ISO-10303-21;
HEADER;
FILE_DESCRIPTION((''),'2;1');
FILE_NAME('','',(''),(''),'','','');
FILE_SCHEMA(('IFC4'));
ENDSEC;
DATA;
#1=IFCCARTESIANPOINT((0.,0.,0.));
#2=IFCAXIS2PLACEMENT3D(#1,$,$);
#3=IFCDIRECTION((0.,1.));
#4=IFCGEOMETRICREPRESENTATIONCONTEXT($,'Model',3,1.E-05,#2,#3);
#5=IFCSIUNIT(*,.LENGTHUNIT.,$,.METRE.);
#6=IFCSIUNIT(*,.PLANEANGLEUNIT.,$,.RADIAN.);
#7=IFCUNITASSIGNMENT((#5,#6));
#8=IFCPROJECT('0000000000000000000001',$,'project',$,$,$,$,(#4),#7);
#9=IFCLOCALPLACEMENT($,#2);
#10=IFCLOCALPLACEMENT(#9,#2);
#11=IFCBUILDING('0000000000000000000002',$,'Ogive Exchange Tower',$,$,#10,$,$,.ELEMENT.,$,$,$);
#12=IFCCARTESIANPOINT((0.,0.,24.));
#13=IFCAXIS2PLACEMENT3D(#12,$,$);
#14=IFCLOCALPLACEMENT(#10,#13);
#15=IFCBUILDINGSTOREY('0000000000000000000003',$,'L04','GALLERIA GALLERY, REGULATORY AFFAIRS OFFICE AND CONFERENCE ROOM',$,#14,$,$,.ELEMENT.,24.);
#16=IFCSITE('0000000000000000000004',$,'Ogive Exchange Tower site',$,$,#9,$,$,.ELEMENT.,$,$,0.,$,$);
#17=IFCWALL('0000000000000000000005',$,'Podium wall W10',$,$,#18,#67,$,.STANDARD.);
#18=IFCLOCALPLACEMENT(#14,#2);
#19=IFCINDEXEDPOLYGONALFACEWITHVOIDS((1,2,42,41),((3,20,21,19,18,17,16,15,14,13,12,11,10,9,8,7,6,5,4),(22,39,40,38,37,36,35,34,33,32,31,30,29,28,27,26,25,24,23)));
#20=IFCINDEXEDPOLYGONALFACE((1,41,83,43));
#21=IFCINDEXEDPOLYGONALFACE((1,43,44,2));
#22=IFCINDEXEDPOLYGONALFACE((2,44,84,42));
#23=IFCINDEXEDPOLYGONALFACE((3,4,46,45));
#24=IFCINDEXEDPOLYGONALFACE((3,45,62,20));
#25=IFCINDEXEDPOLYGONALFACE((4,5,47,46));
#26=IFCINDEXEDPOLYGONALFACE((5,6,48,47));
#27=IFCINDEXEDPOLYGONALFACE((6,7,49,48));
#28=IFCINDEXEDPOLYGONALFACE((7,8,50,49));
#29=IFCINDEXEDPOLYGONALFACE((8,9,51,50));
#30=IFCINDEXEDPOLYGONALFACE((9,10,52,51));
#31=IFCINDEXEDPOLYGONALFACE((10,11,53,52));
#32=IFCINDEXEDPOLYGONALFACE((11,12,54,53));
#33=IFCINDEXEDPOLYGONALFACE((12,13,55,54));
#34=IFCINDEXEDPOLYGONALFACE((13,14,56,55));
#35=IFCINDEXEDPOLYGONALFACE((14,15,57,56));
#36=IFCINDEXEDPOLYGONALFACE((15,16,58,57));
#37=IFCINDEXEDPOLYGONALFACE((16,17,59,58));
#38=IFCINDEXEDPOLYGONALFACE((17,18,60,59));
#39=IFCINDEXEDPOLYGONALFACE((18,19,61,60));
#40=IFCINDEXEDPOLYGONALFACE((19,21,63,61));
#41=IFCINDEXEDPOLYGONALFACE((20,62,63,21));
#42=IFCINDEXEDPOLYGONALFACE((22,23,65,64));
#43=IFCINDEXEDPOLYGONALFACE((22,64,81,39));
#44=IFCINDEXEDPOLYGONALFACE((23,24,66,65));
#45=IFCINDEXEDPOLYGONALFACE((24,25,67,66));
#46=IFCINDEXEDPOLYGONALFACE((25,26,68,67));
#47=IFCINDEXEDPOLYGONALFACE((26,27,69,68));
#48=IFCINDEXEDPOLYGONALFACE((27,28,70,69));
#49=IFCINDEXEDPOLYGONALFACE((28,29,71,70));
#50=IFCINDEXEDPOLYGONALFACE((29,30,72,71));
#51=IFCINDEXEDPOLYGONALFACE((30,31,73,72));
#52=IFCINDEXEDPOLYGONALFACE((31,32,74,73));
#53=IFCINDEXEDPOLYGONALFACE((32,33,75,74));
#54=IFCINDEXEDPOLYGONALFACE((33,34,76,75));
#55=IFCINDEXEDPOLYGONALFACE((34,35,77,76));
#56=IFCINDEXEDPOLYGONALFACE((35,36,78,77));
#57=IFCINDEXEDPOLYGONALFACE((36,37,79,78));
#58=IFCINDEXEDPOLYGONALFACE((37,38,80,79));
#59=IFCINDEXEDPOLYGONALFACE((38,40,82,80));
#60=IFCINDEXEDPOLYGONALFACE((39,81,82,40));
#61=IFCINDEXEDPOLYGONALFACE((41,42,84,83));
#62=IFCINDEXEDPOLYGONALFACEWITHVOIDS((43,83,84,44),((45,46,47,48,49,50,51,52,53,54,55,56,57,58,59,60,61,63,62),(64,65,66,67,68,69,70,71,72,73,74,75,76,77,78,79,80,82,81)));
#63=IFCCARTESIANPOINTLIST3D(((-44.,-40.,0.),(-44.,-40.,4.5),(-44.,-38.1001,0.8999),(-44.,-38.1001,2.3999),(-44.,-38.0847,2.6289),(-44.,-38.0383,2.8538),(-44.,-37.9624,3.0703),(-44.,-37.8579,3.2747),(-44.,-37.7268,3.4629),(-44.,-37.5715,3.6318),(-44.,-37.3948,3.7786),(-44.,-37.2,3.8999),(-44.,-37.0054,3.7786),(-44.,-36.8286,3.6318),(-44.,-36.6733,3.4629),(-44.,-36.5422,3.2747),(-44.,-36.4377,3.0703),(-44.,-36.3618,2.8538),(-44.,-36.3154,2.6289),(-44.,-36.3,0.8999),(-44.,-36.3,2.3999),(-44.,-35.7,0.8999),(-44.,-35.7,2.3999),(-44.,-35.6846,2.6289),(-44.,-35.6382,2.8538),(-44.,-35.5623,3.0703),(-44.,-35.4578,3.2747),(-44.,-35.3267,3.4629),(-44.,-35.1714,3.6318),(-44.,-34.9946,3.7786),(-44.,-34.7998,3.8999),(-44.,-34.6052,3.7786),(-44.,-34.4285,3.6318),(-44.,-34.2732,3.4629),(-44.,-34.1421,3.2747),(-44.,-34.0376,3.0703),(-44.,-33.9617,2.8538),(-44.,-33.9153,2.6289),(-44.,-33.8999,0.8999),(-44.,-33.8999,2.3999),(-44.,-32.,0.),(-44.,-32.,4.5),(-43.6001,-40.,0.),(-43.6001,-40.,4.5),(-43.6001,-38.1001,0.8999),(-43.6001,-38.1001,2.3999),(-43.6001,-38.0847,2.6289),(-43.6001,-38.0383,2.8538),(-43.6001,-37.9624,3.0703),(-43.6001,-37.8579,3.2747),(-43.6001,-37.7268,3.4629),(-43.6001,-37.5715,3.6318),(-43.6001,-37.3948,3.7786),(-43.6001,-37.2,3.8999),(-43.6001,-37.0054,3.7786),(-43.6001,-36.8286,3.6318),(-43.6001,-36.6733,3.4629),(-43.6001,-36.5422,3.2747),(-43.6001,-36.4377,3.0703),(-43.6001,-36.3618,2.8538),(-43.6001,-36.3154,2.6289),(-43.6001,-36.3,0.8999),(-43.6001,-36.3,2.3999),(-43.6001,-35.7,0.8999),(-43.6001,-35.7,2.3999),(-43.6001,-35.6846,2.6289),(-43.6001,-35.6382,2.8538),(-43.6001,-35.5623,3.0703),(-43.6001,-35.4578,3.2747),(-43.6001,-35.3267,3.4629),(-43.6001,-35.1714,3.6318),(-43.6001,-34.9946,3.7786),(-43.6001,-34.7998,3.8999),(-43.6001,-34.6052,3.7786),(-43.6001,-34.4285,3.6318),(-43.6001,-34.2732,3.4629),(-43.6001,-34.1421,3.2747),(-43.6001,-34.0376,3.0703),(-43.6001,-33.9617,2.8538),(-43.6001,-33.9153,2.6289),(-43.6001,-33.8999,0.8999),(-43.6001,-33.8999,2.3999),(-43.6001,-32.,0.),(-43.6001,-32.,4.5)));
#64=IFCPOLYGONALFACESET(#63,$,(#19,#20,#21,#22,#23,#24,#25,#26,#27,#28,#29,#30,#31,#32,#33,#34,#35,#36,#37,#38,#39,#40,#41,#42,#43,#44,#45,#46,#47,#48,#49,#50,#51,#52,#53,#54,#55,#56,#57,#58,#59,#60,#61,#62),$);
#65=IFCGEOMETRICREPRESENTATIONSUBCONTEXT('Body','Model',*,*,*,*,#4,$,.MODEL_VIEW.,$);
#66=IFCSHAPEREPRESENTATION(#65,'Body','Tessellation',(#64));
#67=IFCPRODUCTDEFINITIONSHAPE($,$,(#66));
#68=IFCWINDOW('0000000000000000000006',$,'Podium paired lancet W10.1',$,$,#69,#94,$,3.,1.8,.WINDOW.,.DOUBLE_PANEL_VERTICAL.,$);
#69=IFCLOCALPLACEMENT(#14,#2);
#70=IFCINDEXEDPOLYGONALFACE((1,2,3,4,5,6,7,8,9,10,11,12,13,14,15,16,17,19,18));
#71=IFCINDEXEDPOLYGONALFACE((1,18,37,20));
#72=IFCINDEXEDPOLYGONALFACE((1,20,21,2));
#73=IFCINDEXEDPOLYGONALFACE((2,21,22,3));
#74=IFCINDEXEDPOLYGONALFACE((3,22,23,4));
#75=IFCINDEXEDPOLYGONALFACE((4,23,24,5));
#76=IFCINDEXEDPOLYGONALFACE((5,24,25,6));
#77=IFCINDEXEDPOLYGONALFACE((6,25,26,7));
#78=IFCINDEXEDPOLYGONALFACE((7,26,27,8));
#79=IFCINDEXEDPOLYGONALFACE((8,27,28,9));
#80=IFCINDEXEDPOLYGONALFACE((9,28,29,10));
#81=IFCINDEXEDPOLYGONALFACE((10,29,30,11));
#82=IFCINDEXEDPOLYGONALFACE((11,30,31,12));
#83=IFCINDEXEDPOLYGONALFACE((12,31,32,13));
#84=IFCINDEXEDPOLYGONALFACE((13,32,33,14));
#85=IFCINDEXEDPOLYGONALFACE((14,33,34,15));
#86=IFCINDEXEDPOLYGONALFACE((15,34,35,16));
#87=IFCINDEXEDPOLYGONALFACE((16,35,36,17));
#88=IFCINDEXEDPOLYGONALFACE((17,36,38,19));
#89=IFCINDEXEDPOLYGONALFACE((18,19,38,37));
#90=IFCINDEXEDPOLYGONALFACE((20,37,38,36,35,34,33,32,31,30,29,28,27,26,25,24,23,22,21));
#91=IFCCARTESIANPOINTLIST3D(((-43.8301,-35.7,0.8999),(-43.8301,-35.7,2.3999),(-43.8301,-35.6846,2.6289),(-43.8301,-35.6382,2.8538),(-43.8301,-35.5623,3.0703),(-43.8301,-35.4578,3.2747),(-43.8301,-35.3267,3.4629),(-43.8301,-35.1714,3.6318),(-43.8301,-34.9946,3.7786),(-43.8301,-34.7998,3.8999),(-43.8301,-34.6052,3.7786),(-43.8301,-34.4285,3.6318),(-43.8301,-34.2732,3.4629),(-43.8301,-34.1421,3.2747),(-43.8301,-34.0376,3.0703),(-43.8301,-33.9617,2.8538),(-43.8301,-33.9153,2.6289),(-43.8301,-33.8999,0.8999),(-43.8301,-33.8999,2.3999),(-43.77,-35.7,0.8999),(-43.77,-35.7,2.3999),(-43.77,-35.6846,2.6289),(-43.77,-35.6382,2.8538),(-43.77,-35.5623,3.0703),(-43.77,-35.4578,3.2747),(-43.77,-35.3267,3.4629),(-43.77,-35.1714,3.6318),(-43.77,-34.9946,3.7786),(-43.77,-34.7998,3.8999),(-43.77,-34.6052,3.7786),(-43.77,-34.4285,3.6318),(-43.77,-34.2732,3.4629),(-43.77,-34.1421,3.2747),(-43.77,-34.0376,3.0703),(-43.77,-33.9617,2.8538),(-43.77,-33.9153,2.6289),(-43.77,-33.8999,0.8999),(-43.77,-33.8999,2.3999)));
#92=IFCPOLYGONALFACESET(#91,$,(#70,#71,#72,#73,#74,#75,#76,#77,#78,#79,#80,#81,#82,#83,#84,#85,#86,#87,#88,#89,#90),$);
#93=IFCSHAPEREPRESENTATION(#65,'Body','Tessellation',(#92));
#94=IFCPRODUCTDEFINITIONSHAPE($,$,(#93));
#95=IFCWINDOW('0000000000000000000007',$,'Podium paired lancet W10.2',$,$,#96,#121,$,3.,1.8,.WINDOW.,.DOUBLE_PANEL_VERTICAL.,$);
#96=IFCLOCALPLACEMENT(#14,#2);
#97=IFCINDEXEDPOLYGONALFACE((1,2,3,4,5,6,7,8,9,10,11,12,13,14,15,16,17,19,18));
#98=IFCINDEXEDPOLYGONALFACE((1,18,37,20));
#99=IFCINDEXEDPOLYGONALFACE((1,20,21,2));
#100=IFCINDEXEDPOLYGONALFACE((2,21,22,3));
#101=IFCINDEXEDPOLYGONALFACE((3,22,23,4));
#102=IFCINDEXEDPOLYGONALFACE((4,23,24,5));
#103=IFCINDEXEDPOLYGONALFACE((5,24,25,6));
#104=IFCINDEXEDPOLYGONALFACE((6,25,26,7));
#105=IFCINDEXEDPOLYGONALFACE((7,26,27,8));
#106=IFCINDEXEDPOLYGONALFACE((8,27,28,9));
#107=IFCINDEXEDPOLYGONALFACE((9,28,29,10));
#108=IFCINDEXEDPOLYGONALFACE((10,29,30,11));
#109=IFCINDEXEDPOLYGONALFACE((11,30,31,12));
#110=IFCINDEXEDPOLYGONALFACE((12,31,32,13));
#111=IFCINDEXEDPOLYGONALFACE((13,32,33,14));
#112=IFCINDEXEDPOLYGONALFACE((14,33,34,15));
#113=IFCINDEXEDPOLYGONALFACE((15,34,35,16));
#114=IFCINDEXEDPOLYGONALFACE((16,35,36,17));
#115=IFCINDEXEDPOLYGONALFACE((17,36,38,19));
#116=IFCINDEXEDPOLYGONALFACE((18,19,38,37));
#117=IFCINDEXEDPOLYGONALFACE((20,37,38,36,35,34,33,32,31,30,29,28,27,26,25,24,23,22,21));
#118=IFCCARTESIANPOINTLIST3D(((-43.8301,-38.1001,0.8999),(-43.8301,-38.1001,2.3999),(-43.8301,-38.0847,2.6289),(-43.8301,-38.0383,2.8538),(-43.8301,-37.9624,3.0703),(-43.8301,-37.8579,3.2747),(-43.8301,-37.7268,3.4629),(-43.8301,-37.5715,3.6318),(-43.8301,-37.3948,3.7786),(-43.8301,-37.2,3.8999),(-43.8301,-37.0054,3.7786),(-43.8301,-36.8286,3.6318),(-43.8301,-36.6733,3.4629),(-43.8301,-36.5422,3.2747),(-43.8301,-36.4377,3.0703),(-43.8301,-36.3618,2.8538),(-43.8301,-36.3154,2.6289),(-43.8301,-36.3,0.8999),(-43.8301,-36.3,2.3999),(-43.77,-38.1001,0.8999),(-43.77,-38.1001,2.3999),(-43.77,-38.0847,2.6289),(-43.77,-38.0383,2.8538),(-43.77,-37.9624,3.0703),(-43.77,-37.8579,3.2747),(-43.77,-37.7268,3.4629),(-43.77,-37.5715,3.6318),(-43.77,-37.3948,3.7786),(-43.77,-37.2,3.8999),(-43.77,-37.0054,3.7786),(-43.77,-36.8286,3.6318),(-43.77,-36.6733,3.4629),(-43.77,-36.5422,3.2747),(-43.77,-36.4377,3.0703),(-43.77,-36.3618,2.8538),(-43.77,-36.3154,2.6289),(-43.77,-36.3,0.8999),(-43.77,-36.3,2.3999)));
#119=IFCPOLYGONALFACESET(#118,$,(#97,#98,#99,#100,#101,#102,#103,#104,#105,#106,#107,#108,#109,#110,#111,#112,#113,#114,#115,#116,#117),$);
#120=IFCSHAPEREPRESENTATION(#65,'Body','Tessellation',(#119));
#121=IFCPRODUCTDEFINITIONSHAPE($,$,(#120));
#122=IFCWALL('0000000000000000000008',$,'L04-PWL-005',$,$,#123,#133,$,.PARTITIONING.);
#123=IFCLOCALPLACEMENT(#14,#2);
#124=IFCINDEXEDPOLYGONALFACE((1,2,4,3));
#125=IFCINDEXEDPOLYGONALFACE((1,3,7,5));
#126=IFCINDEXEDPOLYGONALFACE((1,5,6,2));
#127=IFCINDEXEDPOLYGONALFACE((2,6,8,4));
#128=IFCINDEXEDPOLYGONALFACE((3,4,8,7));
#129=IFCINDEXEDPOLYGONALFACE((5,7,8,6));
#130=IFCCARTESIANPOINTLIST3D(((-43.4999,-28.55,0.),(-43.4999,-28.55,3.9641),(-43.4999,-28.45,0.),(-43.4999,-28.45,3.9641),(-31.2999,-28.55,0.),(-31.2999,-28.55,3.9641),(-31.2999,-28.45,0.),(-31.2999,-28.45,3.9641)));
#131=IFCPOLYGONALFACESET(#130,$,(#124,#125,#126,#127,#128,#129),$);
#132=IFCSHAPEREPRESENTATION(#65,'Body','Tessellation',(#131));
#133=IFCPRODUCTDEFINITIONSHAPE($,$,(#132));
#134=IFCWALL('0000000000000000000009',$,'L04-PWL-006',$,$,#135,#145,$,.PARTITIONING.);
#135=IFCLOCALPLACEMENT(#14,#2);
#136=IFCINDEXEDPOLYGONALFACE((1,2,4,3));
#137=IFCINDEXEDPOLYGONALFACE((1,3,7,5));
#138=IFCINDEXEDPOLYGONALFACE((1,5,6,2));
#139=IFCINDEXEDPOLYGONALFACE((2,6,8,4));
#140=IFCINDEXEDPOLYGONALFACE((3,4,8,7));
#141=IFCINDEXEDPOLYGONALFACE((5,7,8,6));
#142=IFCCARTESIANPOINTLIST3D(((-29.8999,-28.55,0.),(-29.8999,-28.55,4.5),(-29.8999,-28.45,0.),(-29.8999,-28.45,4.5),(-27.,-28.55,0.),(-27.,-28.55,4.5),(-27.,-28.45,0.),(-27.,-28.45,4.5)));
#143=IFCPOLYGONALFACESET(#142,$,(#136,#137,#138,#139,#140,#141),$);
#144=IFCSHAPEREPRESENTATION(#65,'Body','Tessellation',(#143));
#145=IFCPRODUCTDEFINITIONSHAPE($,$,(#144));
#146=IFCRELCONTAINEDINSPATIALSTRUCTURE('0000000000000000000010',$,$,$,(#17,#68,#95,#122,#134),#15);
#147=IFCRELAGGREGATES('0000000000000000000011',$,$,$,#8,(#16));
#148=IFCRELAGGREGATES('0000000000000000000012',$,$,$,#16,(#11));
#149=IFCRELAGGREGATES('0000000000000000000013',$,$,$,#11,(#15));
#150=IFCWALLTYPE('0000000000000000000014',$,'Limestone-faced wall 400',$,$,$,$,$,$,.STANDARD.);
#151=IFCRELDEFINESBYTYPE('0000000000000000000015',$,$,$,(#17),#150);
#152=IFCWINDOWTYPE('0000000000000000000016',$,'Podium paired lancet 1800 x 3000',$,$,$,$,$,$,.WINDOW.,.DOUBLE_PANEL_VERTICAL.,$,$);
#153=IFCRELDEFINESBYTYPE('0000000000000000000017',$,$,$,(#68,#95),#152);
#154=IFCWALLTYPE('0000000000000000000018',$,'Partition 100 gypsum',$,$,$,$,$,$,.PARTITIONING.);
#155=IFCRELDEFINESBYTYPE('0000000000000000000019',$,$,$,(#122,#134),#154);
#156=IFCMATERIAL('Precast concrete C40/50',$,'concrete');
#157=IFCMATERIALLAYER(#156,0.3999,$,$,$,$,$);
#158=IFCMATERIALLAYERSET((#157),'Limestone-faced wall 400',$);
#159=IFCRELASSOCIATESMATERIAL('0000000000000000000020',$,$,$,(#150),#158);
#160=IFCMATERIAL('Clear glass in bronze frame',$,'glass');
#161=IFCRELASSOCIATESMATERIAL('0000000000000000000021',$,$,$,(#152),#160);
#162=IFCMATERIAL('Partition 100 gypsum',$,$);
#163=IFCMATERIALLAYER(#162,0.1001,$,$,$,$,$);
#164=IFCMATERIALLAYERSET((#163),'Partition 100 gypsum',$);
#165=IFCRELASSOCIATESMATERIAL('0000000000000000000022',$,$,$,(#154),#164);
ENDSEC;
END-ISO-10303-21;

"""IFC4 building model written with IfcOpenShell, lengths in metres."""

from ifc_helpers import new_model, si_unit, direction, frame, frame_2d, origin, place, context, subcontext, project, spatial, polyline, rectangle, outline, extrude, material, layer, layer_set, type_object, element, fill, save


model = new_model("IFC4")

# Units and contexts
model_context = context("Model", 3, precision=1e-05, world=origin(), true_north=direction((0.0, 1.0)))
body_context = subcontext(model_context, "Body", "Model", "MODEL_VIEW")
ifc_project = project(units=[si_unit("LENGTHUNIT", "METRE"), si_unit("PLANEANGLEUNIT", "RADIAN")], contexts=[model_context])

# Site, building, storey
site_placement = place(None, origin())
site = spatial("IfcSite", under=ifc_project, at=site_placement, Name="Ogive Exchange Tower site", CompositionType="ELEMENT", RefElevation=0.0)
building_placement = place(site_placement, origin())
building = spatial("IfcBuilding", under=site, at=building_placement, Name="Ogive Exchange Tower", CompositionType="ELEMENT")
storey_placement = place(building_placement, frame((0.0, 0.0, 24.0)))
storey = spatial("IfcBuildingStorey", under=building, at=storey_placement, Name="L04", Description="GALLERIA GALLERY, REGULATORY AFFAIRS OFFICE AND CONFERENCE ROOM", CompositionType="ELEMENT", Elevation=24.0)

# Wall, openings, windows
ifc_material_1 = material(Name="Precast concrete C40/50", Category="concrete")
ifc_layer_1 = layer(ifc_material_1, 0.3999)
ifc_layer_set_1 = layer_set([ifc_layer_1], Name="Limestone-faced wall 400")
wall_type_1 = type_object("IfcWallType", Name="Limestone-faced wall 400", PredefinedType="STANDARD", material=ifc_layer_set_1)
wall_1_placement = place(storey_placement, frame((-43.8, -32.0, 0.0), z_axis=(0.0, 0.0, 1.0), x_axis=(0.0, -1.0, 0.0)))
wall_1 = element("IfcWall", 1, at=wall_1_placement, inside=storey, type_object=wall_type_1, Name="Podium wall W10", PredefinedType="STANDARD", context=body_context, shape_type="SweptSolid", body=[
    extrude(rectangle(XDim=8.0, YDim=0.3999, at=frame_2d((4.0, 0.0))), origin(), (0.0, 0.0, 1.0), 4.5),
])
opening_1_placement = place(wall_1_placement, frame((1.8999, 0.0, 0.8999)))
opening_1 = element("IfcOpeningElement", 2, at=opening_1_placement, cuts=wall_1, PredefinedType="OPENING", context=body_context, shape_type="SweptSolid", body=[
    extrude(outline(polyline([(0.0, 0.0), (1.8, 0.0), (1.8, 1.5), (1.7847, 1.729), (1.7383, 1.9539), (1.6624, 2.1704), (1.5579, 2.3748), (1.4268, 2.563), (1.2715, 2.7319), (1.0947, 2.8787), (0.8999, 3.0), (0.7053, 2.8787), (0.5286, 2.7319), (0.3733, 2.563), (0.2422, 2.3748), (0.1377, 2.1704), (0.0618, 1.9539), (0.0154, 1.729), (0.0, 1.5), (0.0, 0.0)])), frame((0.0, 0.21, 0.0), z_axis=(0.0, -1.0, 0.0), x_axis=(1.0, 0.0, 0.0)), (0.0, 0.0, 1.0), 0.4199),
])
opening_2_placement = place(wall_1_placement, frame((4.3, 0.0, 0.8999)))
opening_2 = element("IfcOpeningElement", 3, at=opening_2_placement, cuts=wall_1, PredefinedType="OPENING", context=body_context, shape_type="SweptSolid", body=[
    extrude(outline(polyline([(0.0, 0.0), (1.8, 0.0), (1.8, 1.5), (1.7847, 1.729), (1.7383, 1.9539), (1.6624, 2.1704), (1.5579, 2.3748), (1.4268, 2.563), (1.2715, 2.7319), (1.0947, 2.8787), (0.8999, 3.0), (0.7053, 2.8787), (0.5286, 2.7319), (0.3733, 2.563), (0.2422, 2.3748), (0.1377, 2.1704), (0.0618, 1.9539), (0.0154, 1.729), (0.0, 1.5), (0.0, 0.0)])), frame((0.0, 0.21, 0.0), z_axis=(0.0, -1.0, 0.0), x_axis=(1.0, 0.0, 0.0)), (0.0, 0.0, 1.0), 0.4199),
])
ifc_material_2 = material(Name="Clear glass in bronze frame", Category="glass")
window_type = type_object("IfcWindowType", Name="Podium paired lancet 1800 x 3000", PartitioningType="DOUBLE_PANEL_VERTICAL", PredefinedType="WINDOW", material=ifc_material_2)
window_1_placement = place(opening_1_placement, origin())
window_1 = element("IfcWindow", 4, at=window_1_placement, inside=storey, type_object=window_type, Name="Podium paired lancet W10.1", OverallHeight=3.0, OverallWidth=1.8, PartitioningType="DOUBLE_PANEL_VERTICAL", PredefinedType="WINDOW", context=body_context, shape_type="SweptSolid", body=[
    extrude(outline(polyline([(0.0, 0.0), (1.8, 0.0), (1.8, 1.5), (1.7847, 1.729), (1.7383, 1.9539), (1.6624, 2.1704), (1.5579, 2.3748), (1.4268, 2.563), (1.2715, 2.7319), (1.0947, 2.8787), (0.8999, 3.0), (0.7053, 2.8787), (0.5286, 2.7319), (0.3733, 2.563), (0.2422, 2.3748), (0.1377, 2.1704), (0.0618, 1.9539), (0.0154, 1.729), (0.0, 1.5), (0.0, 0.0)])), frame((0.0, 0.03, 0.0), z_axis=(0.0, -1.0, 0.0), x_axis=(1.0, 0.0, 0.0)), (0.0, 0.0, 1.0), 0.0601),
])
fill(opening_1, window_1)
window_2_placement = place(opening_2_placement, origin())
window_2 = element("IfcWindow", 5, at=window_2_placement, inside=storey, type_object=window_type, Name="Podium paired lancet W10.2", OverallHeight=3.0, OverallWidth=1.8, PartitioningType="DOUBLE_PANEL_VERTICAL", PredefinedType="WINDOW", context=body_context, shape_type="SweptSolid", body=[
    extrude(outline(polyline([(0.0, 0.0), (1.8, 0.0), (1.8, 1.5), (1.7847, 1.729), (1.7383, 1.9539), (1.6624, 2.1704), (1.5579, 2.3748), (1.4268, 2.563), (1.2715, 2.7319), (1.0947, 2.8787), (0.8999, 3.0), (0.7053, 2.8787), (0.5286, 2.7319), (0.3733, 2.563), (0.2422, 2.3748), (0.1377, 2.1704), (0.0618, 1.9539), (0.0154, 1.729), (0.0, 1.5), (0.0, 0.0)])), frame((0.0, 0.03, 0.0), z_axis=(0.0, -1.0, 0.0), x_axis=(1.0, 0.0, 0.0)), (0.0, 0.0, 1.0), 0.0601),
])
fill(opening_2, window_2)

# Walls
ifc_material_3 = material(Name="Partition 100 gypsum")
ifc_layer_2 = layer(ifc_material_3, 0.1001)
ifc_layer_set_2 = layer_set([ifc_layer_2], Name="Partition 100 gypsum")
wall_type_2 = type_object("IfcWallType", Name="Partition 100 gypsum", PredefinedType="PARTITIONING", material=ifc_layer_set_2)
wall_2_placement = place(storey_placement, frame((-43.5, -28.5, 0.0), z_axis=(0.0, 0.0, 1.0), x_axis=(1.0, 0.0, 0.0)))
element("IfcWall", 6, at=wall_2_placement, inside=storey, type_object=wall_type_2, Name="L04-PWL-005", PredefinedType="PARTITIONING", context=body_context, shape_type="SweptSolid", body=[
    extrude(rectangle(XDim=12.2, YDim=0.1001, at=frame_2d((6.1001, 0.0))), origin(), (0.0, 0.0, 1.0), 3.9641),
])
wall_3_placement = place(storey_placement, frame((-29.8999, -28.5, 0.0), z_axis=(0.0, 0.0, 1.0), x_axis=(1.0, 0.0, 0.0)))
element("IfcWall", 7, at=wall_3_placement, inside=storey, type_object=wall_type_2, Name="L04-PWL-006", PredefinedType="PARTITIONING", context=body_context, shape_type="SweptSolid", body=[
    extrude(rectangle(XDim=2.8999, YDim=0.1001, at=frame_2d((1.45, 0.0))), origin(), (0.0, 0.0, 1.0), 4.5),
])

save(model, "model.ifc")
